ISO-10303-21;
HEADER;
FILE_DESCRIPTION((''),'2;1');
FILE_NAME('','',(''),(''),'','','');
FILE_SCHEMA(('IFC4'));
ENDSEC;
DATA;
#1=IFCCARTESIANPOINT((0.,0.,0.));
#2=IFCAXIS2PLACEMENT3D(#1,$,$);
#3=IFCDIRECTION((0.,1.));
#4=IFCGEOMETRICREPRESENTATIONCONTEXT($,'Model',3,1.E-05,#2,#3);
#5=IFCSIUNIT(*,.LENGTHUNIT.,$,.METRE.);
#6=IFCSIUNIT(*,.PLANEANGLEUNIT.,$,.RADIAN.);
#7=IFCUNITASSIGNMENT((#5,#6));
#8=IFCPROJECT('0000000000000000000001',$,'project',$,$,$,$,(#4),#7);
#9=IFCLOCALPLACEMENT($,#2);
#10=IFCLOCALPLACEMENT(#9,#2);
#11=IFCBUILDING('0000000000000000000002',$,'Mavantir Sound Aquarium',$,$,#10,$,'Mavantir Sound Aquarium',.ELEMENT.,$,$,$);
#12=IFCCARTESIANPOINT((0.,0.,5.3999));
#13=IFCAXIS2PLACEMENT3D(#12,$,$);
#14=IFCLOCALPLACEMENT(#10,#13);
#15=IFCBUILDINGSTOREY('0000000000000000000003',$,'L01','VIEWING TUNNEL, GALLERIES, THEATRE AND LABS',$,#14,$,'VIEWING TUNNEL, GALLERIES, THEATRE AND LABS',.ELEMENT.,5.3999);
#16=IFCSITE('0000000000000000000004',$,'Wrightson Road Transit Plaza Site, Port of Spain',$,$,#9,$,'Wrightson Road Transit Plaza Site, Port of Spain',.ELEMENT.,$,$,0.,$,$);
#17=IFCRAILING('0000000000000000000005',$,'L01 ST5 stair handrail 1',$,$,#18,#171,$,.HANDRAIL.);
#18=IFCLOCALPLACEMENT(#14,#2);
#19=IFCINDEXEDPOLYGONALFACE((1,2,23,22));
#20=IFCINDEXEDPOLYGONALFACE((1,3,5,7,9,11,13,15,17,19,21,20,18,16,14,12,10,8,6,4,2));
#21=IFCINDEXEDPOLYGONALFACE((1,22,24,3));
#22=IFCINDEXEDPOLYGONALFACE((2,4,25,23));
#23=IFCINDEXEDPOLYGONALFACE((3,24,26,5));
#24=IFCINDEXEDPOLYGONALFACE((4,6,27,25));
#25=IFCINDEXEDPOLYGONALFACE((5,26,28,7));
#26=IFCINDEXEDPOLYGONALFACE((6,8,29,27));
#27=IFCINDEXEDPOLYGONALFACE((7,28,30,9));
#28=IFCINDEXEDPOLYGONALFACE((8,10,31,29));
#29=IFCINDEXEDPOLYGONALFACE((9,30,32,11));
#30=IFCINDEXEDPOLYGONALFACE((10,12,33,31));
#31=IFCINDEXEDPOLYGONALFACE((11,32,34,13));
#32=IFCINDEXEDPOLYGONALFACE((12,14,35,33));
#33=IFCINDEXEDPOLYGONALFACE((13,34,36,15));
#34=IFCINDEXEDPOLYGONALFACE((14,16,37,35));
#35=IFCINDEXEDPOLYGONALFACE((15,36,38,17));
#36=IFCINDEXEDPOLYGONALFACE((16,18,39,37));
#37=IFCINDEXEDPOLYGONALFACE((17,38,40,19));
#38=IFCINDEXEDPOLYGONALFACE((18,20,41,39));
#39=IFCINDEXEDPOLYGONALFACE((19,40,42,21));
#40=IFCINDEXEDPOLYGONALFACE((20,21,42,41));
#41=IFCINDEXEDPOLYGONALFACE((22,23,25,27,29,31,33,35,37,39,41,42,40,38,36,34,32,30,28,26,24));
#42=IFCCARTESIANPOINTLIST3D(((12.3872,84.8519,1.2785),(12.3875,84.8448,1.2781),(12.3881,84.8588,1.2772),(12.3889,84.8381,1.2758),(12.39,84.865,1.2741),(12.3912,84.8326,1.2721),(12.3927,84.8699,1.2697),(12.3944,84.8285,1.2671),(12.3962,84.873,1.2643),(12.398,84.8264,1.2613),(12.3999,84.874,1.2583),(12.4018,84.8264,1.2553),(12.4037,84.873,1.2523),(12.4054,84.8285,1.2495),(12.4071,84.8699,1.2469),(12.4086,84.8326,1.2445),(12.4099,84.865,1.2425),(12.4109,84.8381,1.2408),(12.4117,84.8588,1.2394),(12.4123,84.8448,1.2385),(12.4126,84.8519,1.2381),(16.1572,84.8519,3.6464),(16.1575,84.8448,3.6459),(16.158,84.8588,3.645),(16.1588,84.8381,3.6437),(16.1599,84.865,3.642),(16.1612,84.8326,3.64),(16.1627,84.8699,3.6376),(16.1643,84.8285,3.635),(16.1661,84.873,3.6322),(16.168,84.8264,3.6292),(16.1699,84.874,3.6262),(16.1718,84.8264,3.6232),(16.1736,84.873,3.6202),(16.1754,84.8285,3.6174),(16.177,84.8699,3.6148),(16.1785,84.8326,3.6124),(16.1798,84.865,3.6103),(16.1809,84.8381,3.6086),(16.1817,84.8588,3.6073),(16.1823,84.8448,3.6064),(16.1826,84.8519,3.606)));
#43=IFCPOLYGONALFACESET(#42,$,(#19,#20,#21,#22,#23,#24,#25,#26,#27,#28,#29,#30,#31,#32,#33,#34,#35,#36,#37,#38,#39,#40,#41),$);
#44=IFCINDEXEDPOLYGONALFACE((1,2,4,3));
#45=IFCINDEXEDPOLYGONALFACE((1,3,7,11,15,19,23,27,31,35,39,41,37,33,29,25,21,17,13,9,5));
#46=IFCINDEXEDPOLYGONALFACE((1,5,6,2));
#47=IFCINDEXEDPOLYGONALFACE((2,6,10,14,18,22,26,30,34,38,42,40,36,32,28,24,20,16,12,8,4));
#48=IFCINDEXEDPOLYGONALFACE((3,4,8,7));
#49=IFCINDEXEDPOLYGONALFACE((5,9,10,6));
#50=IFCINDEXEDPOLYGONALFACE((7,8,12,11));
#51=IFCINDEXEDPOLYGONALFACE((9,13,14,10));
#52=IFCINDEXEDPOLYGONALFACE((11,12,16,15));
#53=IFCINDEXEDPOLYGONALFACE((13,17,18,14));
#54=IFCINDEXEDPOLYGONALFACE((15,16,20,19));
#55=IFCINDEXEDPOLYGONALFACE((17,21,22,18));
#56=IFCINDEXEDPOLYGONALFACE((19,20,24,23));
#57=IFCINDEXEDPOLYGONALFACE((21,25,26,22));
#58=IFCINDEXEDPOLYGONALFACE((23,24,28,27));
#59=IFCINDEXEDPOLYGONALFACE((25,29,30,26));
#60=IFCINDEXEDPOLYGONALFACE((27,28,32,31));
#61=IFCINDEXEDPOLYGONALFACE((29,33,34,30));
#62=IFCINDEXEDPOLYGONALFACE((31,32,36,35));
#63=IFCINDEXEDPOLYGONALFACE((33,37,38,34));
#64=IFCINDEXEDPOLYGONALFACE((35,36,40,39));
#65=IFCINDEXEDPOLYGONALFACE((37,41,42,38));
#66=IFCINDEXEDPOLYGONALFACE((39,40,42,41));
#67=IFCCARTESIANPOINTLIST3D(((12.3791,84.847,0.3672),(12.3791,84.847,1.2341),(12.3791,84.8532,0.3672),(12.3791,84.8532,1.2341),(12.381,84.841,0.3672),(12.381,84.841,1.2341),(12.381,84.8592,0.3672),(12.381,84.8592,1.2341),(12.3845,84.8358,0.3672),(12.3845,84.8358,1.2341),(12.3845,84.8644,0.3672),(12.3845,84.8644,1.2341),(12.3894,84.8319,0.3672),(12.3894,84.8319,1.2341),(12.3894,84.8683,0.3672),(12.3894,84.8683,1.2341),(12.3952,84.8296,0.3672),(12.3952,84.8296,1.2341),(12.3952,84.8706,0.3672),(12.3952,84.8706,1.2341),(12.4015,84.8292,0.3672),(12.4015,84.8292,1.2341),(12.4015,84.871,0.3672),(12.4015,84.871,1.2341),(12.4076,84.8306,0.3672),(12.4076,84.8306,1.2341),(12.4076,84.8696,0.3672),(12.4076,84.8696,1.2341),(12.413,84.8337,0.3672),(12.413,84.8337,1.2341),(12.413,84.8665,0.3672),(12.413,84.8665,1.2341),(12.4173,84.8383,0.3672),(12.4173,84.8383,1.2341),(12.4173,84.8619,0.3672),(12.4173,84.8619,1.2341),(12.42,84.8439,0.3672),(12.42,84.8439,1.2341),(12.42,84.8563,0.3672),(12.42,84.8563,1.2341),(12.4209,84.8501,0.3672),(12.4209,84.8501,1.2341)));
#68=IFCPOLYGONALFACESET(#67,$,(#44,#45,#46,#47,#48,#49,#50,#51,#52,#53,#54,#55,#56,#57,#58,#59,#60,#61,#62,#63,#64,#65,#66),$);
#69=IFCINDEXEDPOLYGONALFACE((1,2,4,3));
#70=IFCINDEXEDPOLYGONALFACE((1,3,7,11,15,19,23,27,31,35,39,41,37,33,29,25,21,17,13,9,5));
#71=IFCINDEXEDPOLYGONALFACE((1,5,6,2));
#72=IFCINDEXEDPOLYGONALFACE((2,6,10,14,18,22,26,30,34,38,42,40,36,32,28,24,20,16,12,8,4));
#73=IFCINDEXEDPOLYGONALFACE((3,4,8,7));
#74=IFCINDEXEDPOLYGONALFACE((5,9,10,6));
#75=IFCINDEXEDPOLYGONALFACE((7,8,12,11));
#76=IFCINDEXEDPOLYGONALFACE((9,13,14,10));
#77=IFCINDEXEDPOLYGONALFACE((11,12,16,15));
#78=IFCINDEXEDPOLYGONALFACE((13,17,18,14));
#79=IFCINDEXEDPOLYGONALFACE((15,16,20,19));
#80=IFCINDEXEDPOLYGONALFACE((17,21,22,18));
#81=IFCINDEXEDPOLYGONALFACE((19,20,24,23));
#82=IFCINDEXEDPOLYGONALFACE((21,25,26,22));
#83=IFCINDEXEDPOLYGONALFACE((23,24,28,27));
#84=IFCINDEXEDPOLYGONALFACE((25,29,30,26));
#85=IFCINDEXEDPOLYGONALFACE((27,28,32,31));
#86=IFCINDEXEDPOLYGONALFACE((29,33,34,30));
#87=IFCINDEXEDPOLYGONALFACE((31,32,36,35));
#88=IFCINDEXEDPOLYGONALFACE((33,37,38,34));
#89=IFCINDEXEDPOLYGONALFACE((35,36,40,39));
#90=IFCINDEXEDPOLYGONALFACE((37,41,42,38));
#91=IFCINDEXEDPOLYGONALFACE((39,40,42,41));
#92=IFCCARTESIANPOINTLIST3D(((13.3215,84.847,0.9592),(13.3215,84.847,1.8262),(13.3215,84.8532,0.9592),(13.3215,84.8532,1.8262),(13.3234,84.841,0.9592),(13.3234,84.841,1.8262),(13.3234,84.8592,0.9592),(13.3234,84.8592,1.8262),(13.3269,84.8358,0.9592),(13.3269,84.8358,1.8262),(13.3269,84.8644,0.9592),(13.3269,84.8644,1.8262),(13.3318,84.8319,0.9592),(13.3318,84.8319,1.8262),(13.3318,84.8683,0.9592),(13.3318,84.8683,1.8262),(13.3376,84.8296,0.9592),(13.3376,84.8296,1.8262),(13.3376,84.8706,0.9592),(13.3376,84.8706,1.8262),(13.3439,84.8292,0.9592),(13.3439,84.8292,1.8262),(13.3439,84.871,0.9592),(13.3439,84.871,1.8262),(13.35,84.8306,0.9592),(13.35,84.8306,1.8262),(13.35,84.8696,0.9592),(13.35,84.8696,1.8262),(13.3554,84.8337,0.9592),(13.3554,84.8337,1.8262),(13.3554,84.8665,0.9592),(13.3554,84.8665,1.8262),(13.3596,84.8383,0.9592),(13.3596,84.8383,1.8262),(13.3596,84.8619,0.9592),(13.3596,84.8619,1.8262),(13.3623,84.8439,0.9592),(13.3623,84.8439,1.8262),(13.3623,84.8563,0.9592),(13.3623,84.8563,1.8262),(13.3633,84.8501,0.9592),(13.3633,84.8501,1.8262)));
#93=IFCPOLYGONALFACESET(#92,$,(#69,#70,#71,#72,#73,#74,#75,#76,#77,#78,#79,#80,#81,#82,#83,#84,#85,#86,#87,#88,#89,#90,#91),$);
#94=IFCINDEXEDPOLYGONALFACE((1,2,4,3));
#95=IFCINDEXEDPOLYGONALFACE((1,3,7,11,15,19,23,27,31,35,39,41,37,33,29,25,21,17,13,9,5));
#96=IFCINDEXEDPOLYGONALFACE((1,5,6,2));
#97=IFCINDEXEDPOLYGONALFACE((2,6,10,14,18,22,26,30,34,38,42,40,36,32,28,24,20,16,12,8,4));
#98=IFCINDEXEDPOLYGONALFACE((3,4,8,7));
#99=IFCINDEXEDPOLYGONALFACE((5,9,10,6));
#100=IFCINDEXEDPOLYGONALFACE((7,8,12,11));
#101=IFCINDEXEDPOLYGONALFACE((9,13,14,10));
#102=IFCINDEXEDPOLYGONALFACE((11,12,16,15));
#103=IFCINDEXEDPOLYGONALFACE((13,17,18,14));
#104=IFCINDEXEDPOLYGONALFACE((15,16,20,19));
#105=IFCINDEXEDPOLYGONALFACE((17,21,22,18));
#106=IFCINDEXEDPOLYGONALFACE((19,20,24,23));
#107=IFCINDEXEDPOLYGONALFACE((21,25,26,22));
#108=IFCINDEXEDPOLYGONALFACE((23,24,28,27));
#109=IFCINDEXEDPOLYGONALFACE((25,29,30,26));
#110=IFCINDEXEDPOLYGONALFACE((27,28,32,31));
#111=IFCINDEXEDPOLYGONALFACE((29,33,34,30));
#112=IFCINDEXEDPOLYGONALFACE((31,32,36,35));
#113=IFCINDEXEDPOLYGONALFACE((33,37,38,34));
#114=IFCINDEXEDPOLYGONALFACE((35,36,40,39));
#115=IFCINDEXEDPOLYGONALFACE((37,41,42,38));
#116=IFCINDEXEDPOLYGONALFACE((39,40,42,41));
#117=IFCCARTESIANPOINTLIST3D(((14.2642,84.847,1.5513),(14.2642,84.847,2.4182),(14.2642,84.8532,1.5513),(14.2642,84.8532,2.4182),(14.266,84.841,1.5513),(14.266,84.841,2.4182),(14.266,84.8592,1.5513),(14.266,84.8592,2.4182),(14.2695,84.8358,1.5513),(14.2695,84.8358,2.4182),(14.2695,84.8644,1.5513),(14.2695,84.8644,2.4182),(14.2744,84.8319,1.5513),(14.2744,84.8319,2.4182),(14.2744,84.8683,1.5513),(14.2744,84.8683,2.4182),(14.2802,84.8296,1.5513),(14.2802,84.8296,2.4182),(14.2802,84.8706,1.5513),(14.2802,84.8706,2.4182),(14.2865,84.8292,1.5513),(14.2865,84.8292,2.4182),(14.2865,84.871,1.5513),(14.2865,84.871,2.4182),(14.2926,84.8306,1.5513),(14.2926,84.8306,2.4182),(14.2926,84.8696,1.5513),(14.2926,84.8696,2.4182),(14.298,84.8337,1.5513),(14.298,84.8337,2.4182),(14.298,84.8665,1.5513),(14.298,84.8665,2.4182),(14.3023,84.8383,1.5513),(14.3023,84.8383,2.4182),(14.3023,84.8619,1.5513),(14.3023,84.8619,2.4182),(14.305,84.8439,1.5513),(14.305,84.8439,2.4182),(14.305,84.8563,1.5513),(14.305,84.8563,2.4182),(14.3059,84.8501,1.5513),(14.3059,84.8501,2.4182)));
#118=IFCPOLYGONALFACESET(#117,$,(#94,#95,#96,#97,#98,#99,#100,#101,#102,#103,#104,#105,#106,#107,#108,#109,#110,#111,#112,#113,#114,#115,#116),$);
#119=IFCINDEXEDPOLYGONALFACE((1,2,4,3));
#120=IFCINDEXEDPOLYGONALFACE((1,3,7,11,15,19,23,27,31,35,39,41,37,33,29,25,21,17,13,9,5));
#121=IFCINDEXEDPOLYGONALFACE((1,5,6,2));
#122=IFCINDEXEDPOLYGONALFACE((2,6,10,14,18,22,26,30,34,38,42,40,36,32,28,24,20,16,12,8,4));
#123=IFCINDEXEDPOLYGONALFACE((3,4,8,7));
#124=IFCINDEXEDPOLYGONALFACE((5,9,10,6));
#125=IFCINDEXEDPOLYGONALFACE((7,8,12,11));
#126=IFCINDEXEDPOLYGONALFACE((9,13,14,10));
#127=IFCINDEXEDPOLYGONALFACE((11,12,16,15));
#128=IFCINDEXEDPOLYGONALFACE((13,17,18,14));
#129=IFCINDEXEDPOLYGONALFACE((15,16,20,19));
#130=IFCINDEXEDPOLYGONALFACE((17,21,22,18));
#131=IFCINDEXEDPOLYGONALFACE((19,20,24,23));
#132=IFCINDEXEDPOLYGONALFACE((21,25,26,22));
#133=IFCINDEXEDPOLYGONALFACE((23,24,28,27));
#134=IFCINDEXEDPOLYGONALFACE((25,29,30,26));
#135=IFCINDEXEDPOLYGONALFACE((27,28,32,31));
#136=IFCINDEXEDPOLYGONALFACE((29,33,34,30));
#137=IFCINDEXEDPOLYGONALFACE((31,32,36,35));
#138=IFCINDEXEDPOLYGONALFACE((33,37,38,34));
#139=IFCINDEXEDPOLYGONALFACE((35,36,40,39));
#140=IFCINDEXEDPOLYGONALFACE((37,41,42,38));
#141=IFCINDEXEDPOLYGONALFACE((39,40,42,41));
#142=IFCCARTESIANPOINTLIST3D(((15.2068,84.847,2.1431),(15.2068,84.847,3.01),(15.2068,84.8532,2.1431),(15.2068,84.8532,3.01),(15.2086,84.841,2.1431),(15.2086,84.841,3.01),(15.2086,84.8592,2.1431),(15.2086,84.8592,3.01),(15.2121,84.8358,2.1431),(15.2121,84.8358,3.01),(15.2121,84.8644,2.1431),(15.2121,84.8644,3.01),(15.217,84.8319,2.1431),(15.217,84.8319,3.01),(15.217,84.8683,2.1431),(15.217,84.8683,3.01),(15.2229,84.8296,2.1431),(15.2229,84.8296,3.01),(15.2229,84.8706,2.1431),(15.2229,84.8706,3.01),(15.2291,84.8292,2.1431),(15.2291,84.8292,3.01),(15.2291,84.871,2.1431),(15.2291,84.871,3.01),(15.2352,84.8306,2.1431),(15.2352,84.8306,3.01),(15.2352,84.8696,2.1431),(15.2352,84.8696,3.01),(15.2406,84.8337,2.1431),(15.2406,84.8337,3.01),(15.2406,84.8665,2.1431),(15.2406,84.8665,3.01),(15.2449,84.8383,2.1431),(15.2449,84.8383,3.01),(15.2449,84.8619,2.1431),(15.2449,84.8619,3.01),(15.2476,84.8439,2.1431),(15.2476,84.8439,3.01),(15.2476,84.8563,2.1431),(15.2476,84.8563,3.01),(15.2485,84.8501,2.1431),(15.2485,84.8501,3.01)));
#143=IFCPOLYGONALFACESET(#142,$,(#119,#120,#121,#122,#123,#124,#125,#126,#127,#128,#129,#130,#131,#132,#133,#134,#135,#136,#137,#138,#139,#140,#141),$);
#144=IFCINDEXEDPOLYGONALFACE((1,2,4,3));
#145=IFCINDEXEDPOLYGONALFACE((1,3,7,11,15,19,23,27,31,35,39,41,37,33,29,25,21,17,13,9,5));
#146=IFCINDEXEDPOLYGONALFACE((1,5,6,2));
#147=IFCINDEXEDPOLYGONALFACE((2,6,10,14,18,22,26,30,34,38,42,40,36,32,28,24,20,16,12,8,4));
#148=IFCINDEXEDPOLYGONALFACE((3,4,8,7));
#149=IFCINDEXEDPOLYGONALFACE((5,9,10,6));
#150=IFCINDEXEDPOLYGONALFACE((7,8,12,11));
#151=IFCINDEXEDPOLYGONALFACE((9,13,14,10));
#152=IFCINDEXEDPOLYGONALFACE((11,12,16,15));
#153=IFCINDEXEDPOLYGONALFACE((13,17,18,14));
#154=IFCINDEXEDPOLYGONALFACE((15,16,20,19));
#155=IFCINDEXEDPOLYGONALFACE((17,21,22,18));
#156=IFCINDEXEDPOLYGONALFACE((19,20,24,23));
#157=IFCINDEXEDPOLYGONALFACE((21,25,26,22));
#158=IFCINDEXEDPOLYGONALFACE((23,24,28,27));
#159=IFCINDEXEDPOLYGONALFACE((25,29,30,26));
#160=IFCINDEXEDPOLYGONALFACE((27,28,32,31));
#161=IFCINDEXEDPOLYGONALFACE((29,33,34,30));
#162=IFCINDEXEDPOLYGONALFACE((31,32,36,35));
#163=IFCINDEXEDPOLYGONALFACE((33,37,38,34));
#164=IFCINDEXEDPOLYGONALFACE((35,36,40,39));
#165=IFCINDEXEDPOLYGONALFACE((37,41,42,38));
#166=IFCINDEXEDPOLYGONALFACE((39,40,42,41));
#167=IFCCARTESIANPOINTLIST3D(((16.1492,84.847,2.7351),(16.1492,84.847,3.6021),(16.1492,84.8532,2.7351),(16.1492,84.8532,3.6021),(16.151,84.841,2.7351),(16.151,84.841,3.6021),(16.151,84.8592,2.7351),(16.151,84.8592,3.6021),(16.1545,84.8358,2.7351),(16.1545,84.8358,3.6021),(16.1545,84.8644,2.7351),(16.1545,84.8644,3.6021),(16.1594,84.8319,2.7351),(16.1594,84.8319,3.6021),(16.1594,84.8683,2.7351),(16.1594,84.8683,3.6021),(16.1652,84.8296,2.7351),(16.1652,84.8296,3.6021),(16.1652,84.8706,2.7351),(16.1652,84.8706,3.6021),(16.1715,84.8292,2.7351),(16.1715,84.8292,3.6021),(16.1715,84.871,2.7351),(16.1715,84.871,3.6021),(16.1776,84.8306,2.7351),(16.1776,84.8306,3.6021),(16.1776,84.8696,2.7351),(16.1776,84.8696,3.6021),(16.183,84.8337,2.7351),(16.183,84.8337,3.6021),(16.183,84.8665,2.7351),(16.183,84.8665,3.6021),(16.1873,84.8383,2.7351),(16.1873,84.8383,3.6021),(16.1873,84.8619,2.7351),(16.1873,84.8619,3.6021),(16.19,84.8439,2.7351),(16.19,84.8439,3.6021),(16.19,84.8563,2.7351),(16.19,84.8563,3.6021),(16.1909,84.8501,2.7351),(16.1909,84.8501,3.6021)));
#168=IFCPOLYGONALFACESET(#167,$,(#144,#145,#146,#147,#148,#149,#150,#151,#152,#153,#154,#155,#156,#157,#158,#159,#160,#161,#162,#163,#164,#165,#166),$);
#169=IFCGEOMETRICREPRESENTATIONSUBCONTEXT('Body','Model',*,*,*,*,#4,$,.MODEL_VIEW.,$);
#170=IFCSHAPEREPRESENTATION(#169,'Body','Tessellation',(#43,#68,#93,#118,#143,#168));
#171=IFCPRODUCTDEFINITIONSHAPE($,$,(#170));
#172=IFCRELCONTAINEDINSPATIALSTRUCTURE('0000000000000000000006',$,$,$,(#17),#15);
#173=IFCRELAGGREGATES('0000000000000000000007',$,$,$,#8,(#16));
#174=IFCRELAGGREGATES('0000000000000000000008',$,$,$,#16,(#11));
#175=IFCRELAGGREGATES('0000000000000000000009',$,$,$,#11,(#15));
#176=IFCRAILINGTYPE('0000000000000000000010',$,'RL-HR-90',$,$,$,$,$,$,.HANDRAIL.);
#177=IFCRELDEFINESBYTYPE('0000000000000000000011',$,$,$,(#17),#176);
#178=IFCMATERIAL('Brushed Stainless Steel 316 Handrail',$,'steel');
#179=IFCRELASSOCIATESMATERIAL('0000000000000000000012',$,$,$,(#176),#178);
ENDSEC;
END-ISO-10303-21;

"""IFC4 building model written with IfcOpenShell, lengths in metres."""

from ifc_helpers import new_model, si_unit, direction, frame, origin, origin_2d, place, context, subcontext, project, spatial, circle, extrude, material, type_object, element, save


model = new_model("IFC4")

# Units and contexts
model_context = context("Model", 3, precision=1e-05, world=origin(), true_north=direction((0.0, 1.0)))
body_context = subcontext(model_context, "Body", "Model", "MODEL_VIEW")
ifc_project = project(units=[si_unit("LENGTHUNIT", "METRE"), si_unit("PLANEANGLEUNIT", "RADIAN")], contexts=[model_context])

# Site, building, storey
site_placement = place(None, origin())
site = spatial("IfcSite", under=ifc_project, at=site_placement, Name="Wrightson Road Transit Plaza Site, Port of Spain", LongName="Wrightson Road Transit Plaza Site, Port of Spain", CompositionType="ELEMENT", RefElevation=0.0)
building_placement = place(site_placement, origin())
building = spatial("IfcBuilding", under=site, at=building_placement, Name="Mavantir Sound Aquarium", LongName="Mavantir Sound Aquarium", CompositionType="ELEMENT")
storey_placement = place(building_placement, frame((0.0, 0.0, 5.3999)))
storey = spatial("IfcBuildingStorey", under=building, at=storey_placement, Name="L01", Description="VIEWING TUNNEL, GALLERIES, THEATRE AND LABS", LongName="VIEWING TUNNEL, GALLERIES, THEATRE AND LABS", CompositionType="ELEMENT", Elevation=5.3999)

# Railing
ifc_material_1 = material(Name="Brushed Stainless Steel 316 Handrail", Category="steel")
railing_type_1 = type_object("IfcRailingType", Name="RL-HR-90", PredefinedType="HANDRAIL", material=ifc_material_1)
for number, where, name in (
    (1, (12.3999, 84.8501, 0.3672), "L01 ST5 stair handrail 1"),
):
    element("IfcRailing", number, at=place(storey_placement, frame(where)), inside=storey, type_object=railing_type_1, Name=name, PredefinedType="HANDRAIL", context=body_context, shape_type="SweptSolid", body=[
        extrude(circle(Radius=0.0239, at=origin_2d()), frame((0.0, 0.0, 0.8911), z_axis=(0.846819, 0.0, 0.531881), x_axis=(0.0, 1.0, 0.0)), (0.0, 0.0, 1.0), 4.4519),
        extrude(circle(Radius=0.021, at=origin_2d()), origin(), (0.0, 0.0, 1.0), 0.8669),
        extrude(circle(Radius=0.021, at=origin_2d()), frame((0.9424, 0.0, 0.592)), (0.0, 0.0, 1.0), 0.8669),
        extrude(circle(Radius=0.021, at=origin_2d()), frame((1.885, 0.0, 1.1841)), (0.0, 0.0, 1.0), 0.8669),
        extrude(circle(Radius=0.021, at=origin_2d()), frame((2.8276, 0.0, 1.7759)), (0.0, 0.0, 1.0), 0.8669),
        extrude(circle(Radius=0.021, at=origin_2d()), frame((3.77, 0.0, 2.3679)), (0.0, 0.0, 1.0), 0.8669),
    ])

save(model, "model.ifc")
